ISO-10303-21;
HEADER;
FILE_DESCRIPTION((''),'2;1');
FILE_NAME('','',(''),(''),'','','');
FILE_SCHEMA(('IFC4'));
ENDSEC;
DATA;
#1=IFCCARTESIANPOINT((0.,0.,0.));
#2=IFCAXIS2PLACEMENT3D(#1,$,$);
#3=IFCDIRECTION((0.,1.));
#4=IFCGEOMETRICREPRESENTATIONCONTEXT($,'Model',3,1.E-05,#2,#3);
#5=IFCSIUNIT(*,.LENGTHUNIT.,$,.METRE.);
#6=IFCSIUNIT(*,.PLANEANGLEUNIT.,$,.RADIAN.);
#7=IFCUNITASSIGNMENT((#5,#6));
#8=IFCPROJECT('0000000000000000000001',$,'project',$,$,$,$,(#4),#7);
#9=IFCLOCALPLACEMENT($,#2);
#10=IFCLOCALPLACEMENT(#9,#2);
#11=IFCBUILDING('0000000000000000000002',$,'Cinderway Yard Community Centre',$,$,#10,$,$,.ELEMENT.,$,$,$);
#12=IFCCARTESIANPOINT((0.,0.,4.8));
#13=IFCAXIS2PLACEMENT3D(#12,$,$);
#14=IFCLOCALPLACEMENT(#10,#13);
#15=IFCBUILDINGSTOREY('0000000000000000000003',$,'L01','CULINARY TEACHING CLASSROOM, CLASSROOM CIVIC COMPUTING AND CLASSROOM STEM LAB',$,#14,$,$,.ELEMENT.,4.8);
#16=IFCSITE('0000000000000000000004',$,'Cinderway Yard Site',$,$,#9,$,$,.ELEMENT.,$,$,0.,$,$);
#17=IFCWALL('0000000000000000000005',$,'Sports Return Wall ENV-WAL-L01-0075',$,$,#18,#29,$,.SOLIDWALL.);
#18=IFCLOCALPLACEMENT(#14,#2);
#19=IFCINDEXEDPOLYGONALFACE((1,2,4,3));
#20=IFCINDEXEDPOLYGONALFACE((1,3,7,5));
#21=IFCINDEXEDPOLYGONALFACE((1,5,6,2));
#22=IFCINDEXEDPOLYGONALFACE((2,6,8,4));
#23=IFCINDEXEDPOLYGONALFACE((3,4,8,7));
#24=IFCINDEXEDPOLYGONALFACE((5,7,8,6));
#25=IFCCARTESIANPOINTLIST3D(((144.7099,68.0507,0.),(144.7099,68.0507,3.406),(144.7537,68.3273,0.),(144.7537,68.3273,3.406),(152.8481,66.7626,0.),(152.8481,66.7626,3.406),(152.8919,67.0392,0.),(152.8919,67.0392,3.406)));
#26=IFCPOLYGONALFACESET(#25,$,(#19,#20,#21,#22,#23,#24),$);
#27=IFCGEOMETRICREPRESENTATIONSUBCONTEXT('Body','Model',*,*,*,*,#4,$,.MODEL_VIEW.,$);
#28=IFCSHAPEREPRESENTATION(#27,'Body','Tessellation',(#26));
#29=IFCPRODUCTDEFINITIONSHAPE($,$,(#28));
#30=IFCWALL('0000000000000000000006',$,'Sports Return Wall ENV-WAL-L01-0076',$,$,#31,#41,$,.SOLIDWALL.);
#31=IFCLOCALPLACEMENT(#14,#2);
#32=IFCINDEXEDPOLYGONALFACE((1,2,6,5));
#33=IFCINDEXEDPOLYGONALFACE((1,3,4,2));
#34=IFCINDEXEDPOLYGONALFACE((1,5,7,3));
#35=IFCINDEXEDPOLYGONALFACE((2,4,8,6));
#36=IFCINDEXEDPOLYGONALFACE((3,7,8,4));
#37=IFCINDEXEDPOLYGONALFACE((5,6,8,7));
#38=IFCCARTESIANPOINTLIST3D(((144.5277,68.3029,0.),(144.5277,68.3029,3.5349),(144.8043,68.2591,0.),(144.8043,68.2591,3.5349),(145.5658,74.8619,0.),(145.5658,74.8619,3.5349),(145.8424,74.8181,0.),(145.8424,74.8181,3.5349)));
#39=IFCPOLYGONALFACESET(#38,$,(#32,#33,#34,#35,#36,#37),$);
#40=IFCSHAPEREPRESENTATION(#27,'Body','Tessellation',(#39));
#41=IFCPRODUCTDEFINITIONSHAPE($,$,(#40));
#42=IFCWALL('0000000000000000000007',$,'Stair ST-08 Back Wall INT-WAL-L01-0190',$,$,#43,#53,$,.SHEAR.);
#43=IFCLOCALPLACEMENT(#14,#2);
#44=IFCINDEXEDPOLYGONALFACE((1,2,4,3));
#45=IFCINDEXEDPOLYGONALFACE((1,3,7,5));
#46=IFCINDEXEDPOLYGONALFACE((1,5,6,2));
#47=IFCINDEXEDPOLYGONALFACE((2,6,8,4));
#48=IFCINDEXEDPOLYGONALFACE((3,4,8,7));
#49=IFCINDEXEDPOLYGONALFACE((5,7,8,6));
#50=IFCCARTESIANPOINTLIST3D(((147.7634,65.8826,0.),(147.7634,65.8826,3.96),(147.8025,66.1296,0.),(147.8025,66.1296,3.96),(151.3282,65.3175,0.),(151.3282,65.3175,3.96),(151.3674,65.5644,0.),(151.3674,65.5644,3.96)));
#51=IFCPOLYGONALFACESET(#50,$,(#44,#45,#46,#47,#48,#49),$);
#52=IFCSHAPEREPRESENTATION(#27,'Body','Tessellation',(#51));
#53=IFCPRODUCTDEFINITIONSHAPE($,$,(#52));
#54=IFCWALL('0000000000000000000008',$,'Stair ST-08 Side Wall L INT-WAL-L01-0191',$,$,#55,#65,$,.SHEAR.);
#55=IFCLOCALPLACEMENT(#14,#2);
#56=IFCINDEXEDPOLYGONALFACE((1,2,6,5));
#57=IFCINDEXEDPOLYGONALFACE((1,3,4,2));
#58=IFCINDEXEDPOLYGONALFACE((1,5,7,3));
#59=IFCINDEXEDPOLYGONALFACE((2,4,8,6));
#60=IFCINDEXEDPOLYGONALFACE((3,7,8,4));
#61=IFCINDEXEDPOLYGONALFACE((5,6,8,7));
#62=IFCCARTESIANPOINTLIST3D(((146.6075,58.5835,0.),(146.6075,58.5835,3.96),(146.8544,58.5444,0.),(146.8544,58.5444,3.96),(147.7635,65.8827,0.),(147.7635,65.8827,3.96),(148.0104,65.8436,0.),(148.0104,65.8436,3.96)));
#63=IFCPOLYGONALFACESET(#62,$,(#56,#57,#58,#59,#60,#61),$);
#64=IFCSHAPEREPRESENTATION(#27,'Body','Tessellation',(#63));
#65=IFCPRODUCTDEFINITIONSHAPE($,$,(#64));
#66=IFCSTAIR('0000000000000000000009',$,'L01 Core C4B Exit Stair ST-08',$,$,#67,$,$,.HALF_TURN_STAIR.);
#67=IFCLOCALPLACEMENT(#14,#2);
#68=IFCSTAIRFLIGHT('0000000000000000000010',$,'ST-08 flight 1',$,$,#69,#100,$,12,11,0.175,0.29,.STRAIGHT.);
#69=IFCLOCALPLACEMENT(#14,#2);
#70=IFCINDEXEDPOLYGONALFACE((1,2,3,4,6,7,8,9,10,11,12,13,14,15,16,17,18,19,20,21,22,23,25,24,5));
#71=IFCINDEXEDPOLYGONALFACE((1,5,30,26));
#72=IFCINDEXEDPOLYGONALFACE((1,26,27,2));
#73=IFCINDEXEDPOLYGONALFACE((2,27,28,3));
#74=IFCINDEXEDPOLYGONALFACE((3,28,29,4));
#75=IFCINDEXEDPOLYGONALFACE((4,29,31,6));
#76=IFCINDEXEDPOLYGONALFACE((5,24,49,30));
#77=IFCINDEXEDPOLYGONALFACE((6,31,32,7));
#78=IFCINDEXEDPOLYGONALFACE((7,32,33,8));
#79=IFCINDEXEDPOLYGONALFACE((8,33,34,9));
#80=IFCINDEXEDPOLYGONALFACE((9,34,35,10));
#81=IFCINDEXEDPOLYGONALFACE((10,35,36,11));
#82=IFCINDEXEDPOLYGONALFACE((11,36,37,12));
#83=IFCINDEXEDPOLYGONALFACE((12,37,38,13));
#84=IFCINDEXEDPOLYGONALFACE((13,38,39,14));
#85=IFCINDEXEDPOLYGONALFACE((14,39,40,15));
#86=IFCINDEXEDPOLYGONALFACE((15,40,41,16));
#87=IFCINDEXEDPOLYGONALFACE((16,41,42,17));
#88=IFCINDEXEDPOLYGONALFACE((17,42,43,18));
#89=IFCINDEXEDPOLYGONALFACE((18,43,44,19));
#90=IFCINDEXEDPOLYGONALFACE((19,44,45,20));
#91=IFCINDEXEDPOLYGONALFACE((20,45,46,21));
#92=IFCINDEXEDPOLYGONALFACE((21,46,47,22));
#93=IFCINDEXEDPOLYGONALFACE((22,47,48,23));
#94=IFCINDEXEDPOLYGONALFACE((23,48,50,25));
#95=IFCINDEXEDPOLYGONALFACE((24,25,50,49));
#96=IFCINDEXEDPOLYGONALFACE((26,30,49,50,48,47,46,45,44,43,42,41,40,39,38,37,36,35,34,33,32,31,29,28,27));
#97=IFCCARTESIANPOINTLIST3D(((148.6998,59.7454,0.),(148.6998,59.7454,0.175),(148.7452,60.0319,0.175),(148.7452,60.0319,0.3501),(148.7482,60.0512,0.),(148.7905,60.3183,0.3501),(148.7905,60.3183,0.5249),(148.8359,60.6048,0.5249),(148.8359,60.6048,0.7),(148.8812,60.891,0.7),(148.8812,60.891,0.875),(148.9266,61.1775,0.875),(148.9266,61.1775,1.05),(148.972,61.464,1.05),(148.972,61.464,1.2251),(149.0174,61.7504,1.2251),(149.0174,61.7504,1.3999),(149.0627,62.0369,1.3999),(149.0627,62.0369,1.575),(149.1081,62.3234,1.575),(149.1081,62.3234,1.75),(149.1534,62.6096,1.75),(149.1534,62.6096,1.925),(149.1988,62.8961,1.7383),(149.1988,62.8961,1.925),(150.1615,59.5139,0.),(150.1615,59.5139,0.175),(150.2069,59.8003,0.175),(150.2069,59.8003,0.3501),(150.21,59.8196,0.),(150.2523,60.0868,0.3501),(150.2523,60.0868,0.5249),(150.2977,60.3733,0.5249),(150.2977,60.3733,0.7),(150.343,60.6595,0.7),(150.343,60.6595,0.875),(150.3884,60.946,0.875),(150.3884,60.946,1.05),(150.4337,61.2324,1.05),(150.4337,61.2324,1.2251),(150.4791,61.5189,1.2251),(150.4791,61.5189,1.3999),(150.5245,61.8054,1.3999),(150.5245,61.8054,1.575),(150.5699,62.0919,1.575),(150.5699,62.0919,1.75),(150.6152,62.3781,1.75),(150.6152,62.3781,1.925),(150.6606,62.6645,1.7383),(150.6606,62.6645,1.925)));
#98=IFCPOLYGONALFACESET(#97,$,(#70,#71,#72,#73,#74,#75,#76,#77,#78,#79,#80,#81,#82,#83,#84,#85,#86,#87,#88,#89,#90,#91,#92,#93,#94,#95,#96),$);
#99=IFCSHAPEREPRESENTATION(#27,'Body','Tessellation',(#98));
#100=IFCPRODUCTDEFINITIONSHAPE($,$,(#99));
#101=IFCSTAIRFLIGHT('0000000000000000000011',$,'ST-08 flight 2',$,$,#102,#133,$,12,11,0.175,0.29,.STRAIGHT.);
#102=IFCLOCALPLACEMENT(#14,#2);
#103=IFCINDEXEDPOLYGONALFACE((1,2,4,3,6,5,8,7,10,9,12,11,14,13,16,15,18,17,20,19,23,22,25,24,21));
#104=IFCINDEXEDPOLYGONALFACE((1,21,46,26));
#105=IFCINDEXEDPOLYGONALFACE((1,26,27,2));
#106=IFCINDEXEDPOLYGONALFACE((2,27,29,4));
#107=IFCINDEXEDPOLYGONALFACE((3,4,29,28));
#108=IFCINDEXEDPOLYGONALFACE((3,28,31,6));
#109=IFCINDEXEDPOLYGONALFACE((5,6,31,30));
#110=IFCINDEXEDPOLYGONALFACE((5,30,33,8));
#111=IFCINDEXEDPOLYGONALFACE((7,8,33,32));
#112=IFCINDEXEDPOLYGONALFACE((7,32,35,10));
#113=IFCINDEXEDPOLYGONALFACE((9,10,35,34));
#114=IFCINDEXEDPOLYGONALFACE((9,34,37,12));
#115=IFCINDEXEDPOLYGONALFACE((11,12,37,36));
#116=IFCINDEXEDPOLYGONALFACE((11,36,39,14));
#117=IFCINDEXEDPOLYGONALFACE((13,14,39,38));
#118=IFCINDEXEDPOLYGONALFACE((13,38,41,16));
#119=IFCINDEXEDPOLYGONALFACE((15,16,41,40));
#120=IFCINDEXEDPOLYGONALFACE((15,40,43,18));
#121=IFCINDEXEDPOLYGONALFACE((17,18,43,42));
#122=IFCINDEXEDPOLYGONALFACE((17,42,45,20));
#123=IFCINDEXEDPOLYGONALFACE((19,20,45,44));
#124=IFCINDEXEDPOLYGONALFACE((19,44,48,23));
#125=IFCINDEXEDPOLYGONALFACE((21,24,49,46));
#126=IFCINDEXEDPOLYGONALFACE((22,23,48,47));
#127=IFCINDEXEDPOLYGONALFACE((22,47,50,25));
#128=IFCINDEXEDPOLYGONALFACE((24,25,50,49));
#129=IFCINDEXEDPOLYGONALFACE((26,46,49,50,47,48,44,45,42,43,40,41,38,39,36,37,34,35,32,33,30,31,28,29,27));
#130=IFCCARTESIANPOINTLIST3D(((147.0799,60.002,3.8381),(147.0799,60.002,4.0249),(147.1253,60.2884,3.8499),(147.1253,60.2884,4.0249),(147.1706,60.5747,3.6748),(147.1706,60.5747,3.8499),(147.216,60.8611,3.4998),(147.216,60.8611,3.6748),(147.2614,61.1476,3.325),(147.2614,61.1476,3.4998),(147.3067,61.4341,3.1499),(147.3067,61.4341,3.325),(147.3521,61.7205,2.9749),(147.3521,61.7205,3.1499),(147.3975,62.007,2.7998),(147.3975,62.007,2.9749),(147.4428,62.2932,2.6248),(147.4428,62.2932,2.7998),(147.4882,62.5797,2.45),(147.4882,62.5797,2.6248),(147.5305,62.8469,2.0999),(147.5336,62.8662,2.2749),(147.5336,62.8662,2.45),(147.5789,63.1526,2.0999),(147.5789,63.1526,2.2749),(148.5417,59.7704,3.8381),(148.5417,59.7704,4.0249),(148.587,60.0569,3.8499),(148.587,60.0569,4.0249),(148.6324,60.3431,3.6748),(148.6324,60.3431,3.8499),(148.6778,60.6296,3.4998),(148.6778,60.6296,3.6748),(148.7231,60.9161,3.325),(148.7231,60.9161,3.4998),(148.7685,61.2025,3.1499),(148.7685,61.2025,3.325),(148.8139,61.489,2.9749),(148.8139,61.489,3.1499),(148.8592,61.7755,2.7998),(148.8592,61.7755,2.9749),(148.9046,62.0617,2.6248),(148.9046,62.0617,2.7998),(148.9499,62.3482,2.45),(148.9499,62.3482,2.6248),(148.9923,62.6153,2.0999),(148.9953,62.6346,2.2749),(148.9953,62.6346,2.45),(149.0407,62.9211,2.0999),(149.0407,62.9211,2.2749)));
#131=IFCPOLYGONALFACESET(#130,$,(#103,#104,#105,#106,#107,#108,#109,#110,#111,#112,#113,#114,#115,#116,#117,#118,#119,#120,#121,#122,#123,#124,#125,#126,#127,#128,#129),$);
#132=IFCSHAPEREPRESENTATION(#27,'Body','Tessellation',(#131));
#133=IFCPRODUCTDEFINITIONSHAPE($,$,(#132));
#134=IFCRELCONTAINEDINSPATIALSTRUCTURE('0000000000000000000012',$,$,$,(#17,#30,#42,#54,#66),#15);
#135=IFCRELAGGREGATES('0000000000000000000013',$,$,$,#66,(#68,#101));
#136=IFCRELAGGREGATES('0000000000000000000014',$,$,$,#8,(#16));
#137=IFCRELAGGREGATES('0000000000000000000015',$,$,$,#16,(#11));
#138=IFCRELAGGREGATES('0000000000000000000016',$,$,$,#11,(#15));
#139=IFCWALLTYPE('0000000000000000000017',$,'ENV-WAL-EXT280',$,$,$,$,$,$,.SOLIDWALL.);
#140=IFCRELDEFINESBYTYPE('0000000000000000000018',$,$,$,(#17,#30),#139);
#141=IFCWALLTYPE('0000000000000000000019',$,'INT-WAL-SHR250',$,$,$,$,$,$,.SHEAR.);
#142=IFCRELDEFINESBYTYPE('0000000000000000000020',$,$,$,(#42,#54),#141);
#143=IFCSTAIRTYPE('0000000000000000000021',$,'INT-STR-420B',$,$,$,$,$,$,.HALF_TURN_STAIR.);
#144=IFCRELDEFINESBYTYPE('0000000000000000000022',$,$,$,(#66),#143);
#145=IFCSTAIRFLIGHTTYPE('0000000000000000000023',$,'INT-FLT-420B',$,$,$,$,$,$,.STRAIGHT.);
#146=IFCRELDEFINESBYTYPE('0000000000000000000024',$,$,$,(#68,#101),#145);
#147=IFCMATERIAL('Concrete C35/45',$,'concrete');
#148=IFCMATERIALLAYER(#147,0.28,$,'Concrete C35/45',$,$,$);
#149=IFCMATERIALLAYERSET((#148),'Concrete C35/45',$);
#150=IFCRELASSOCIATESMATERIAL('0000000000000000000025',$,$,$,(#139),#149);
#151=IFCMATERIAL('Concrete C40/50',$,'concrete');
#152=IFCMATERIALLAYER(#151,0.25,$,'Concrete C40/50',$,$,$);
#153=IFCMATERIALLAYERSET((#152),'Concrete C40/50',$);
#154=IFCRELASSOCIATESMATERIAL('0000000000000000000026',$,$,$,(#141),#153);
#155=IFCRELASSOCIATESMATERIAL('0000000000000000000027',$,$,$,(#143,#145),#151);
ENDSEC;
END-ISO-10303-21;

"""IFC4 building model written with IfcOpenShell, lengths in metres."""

from ifc_helpers import new_model, si_unit, direction, frame, frame_2d, origin, place, context, subcontext, project, spatial, polyline, rectangle, outline, extrude, material, layer, layer_set, type_object, element, aggregate, save


model = new_model("IFC4")

# Units and contexts
model_context = context("Model", 3, precision=1e-05, world=origin(), true_north=direction((0.0, 1.0)))
body_context = subcontext(model_context, "Body", "Model", "MODEL_VIEW")
ifc_project = project(units=[si_unit("LENGTHUNIT", "METRE"), si_unit("PLANEANGLEUNIT", "RADIAN")], contexts=[model_context])

# Site, building, storey
site_placement = place(None, origin())
site = spatial("IfcSite", under=ifc_project, at=site_placement, Name="Cinderway Yard Site", CompositionType="ELEMENT", RefElevation=0.0)
building_placement = place(site_placement, origin())
building = spatial("IfcBuilding", under=site, at=building_placement, Name="Cinderway Yard Community Centre", CompositionType="ELEMENT")
storey_placement = place(building_placement, frame((0.0, 0.0, 4.8)))
storey = spatial("IfcBuildingStorey", under=building, at=storey_placement, Name="L01", Description="CULINARY TEACHING CLASSROOM, CLASSROOM CIVIC COMPUTING AND CLASSROOM STEM LAB", CompositionType="ELEMENT", Elevation=4.8)

# Shared definitions
ifc_material_1 = material(Name="Concrete C40/50", Category="concrete")

# Shared definitions
ifc_material_2 = material(Name="Concrete C35/45", Category="concrete")

# Walls
ifc_layer_1 = layer(ifc_material_2, 0.28, Name="Concrete C35/45")
ifc_layer_set_1 = layer_set([ifc_layer_1], Name="Concrete C35/45")
wall_type_1 = type_object("IfcWallType", Name="ENV-WAL-EXT280", PredefinedType="SOLIDWALL", material=ifc_layer_set_1)
wall_1_placement = place(storey_placement, frame((144.7319, 68.189, 0.0), z_axis=(0.0, 0.0, 1.0), x_axis=(0.987705, -0.156331, 0.0)))
element("IfcWall", 1, at=wall_1_placement, inside=storey, type_object=wall_type_1, Name="Sports Return Wall ENV-WAL-L01-0075", PredefinedType="SOLIDWALL", context=body_context, shape_type="SweptSolid", body=[
    extrude(rectangle(XDim=8.2395, YDim=0.28, at=frame_2d((4.1196, 0.0))), origin(), (0.0, 0.0, 1.0), 3.406),
])
wall_2_placement = place(storey_placement, frame((144.666, 68.281, 0.0), z_axis=(0.0, 0.0, 1.0), x_axis=(0.156321, 0.987706, 0.0)))
element("IfcWall", 2, at=wall_2_placement, inside=storey, type_object=wall_type_1, Name="Sports Return Wall ENV-WAL-L01-0076", PredefinedType="SOLIDWALL", context=body_context, shape_type="SweptSolid", body=[
    extrude(rectangle(XDim=6.6406, YDim=0.28, at=frame_2d((3.3203, 0.0))), origin(), (0.0, 0.0, 1.0), 3.5349),
])
ifc_layer_2 = layer(ifc_material_1, 0.25, Name="Concrete C40/50")
ifc_layer_set_2 = layer_set([ifc_layer_2], Name="Concrete C40/50")
wall_type_2 = type_object("IfcWallType", Name="INT-WAL-SHR250", PredefinedType="SHEAR", material=ifc_layer_set_2)
wall_3_placement = place(storey_placement, frame((147.783, 66.0061, 0.0), z_axis=(0.0, 0.0, 1.0), x_axis=(0.987665, -0.156584, 0.0)))
element("IfcWall", 3, at=wall_3_placement, inside=storey, type_object=wall_type_2, Name="Stair ST-08 Back Wall INT-WAL-L01-0190", PredefinedType="SHEAR", context=body_context, shape_type="SweptSolid", body=[
    extrude(rectangle(XDim=3.6094, YDim=0.25, at=frame_2d((1.8047, 0.0))), origin(), (0.0, 0.0, 1.0), 3.96),
])
wall_4_placement = place(storey_placement, frame((146.731, 58.564, 0.0), z_axis=(0.0, 0.0, 1.0), x_axis=(0.156427, 0.987689, 0.0)))
element("IfcWall", 4, at=wall_4_placement, inside=storey, type_object=wall_type_2, Name="Stair ST-08 Side Wall L INT-WAL-L01-0191", PredefinedType="SHEAR", context=body_context, shape_type="SweptSolid", body=[
    extrude(rectangle(XDim=7.3901, YDim=0.25, at=frame_2d((3.6951, 0.0))), origin(), (0.0, 0.0, 1.0), 3.96),
])

# Stair, stair flights
stair_type = type_object("IfcStairType", Name="INT-STR-420B", PredefinedType="HALF_TURN_STAIR", material=ifc_material_1)
stair_placement = place(storey_placement, origin())
stair = element("IfcStair", 5, at=stair_placement, inside=storey, type_object=stair_type, Name="L01 Core C4B Exit Stair ST-08", PredefinedType="HALF_TURN_STAIR")
stair_flight_type = type_object("IfcStairFlightType", Name="INT-FLT-420B", PredefinedType="STRAIGHT", material=ifc_material_1)
stair_flight_1_placement = place(storey_placement, frame((149.4307, 59.6296, 0.0), z_axis=(0.0, 0.0, 1.0), x_axis=(0.156434, 0.987688, 0.0)))
stair_flight_1 = element("IfcStairFlight", 6, at=stair_flight_1_placement, type_object=stair_flight_type, Name="ST-08 flight 1", NumberOfRisers=12, NumberOfTreads=11, PredefinedType="STRAIGHT", RiserHeight=0.175, TreadLength=0.29, context=body_context, shape_type="SweptSolid", body=[
    extrude(outline(polyline([(0.0, 0.0), (0.0, 0.175), (0.29, 0.175), (0.29, 0.3501), (0.5801, 0.3501), (0.5801, 0.5249), (0.8701, 0.5249), (0.8701, 0.7), (1.1599, 0.7), (1.1599, 0.875), (1.45, 0.875), (1.45, 1.05), (1.74, 1.05), (1.74, 1.2251), (2.03, 1.2251), (2.03, 1.3999), (2.3201, 1.3999), (2.3201, 1.575), (2.6101, 1.575), (2.6101, 1.75), (2.8999, 1.75), (2.8999, 1.925), (3.1899, 1.925), (3.1899, 2.1001), (3.1899, 1.7383), (0.3096, 0.0), (0.0, 0.0)])), frame((0.0, 0.74, 0.0), z_axis=(0.0, -1.0, 0.0), x_axis=(1.0, 0.0, 0.0)), (0.0, 0.0, 1.0), 1.48),
])
stair_flight_2_placement = place(storey_placement, frame((148.3098, 63.0369, 2.0999), z_axis=(0.0, 0.0, 1.0), x_axis=(-0.156434, -0.987688, 0.0)))
stair_flight_2 = element("IfcStairFlight", 7, at=stair_flight_2_placement, type_object=stair_flight_type, Name="ST-08 flight 2", NumberOfRisers=12, NumberOfTreads=11, PredefinedType="STRAIGHT", RiserHeight=0.175, TreadLength=0.29, context=body_context, shape_type="SweptSolid", body=[
    extrude(outline(polyline([(0.0, 0.0), (0.0, 0.175), (0.29, 0.175), (0.29, 0.3501), (0.5801, 0.3501), (0.5801, 0.5249), (0.8701, 0.5249), (0.8701, 0.7), (1.1599, 0.7), (1.1599, 0.875), (1.45, 0.875), (1.45, 1.05), (1.74, 1.05), (1.74, 1.2251), (2.03, 1.2251), (2.03, 1.3999), (2.3201, 1.3999), (2.3201, 1.575), (2.6101, 1.575), (2.6101, 1.75), (2.8999, 1.75), (2.8999, 1.925), (3.1899, 1.925), (3.1899, 2.1001), (3.1899, 1.7383), (0.3096, 0.0), (0.0, 0.0)])), frame((0.0, 0.74, 0.0), z_axis=(0.0, -1.0, 0.0), x_axis=(1.0, 0.0, 0.0)), (0.0, 0.0, 1.0), 1.48),
])
aggregate(stair, [stair_flight_1, stair_flight_2])

save(model, "model.ifc")
